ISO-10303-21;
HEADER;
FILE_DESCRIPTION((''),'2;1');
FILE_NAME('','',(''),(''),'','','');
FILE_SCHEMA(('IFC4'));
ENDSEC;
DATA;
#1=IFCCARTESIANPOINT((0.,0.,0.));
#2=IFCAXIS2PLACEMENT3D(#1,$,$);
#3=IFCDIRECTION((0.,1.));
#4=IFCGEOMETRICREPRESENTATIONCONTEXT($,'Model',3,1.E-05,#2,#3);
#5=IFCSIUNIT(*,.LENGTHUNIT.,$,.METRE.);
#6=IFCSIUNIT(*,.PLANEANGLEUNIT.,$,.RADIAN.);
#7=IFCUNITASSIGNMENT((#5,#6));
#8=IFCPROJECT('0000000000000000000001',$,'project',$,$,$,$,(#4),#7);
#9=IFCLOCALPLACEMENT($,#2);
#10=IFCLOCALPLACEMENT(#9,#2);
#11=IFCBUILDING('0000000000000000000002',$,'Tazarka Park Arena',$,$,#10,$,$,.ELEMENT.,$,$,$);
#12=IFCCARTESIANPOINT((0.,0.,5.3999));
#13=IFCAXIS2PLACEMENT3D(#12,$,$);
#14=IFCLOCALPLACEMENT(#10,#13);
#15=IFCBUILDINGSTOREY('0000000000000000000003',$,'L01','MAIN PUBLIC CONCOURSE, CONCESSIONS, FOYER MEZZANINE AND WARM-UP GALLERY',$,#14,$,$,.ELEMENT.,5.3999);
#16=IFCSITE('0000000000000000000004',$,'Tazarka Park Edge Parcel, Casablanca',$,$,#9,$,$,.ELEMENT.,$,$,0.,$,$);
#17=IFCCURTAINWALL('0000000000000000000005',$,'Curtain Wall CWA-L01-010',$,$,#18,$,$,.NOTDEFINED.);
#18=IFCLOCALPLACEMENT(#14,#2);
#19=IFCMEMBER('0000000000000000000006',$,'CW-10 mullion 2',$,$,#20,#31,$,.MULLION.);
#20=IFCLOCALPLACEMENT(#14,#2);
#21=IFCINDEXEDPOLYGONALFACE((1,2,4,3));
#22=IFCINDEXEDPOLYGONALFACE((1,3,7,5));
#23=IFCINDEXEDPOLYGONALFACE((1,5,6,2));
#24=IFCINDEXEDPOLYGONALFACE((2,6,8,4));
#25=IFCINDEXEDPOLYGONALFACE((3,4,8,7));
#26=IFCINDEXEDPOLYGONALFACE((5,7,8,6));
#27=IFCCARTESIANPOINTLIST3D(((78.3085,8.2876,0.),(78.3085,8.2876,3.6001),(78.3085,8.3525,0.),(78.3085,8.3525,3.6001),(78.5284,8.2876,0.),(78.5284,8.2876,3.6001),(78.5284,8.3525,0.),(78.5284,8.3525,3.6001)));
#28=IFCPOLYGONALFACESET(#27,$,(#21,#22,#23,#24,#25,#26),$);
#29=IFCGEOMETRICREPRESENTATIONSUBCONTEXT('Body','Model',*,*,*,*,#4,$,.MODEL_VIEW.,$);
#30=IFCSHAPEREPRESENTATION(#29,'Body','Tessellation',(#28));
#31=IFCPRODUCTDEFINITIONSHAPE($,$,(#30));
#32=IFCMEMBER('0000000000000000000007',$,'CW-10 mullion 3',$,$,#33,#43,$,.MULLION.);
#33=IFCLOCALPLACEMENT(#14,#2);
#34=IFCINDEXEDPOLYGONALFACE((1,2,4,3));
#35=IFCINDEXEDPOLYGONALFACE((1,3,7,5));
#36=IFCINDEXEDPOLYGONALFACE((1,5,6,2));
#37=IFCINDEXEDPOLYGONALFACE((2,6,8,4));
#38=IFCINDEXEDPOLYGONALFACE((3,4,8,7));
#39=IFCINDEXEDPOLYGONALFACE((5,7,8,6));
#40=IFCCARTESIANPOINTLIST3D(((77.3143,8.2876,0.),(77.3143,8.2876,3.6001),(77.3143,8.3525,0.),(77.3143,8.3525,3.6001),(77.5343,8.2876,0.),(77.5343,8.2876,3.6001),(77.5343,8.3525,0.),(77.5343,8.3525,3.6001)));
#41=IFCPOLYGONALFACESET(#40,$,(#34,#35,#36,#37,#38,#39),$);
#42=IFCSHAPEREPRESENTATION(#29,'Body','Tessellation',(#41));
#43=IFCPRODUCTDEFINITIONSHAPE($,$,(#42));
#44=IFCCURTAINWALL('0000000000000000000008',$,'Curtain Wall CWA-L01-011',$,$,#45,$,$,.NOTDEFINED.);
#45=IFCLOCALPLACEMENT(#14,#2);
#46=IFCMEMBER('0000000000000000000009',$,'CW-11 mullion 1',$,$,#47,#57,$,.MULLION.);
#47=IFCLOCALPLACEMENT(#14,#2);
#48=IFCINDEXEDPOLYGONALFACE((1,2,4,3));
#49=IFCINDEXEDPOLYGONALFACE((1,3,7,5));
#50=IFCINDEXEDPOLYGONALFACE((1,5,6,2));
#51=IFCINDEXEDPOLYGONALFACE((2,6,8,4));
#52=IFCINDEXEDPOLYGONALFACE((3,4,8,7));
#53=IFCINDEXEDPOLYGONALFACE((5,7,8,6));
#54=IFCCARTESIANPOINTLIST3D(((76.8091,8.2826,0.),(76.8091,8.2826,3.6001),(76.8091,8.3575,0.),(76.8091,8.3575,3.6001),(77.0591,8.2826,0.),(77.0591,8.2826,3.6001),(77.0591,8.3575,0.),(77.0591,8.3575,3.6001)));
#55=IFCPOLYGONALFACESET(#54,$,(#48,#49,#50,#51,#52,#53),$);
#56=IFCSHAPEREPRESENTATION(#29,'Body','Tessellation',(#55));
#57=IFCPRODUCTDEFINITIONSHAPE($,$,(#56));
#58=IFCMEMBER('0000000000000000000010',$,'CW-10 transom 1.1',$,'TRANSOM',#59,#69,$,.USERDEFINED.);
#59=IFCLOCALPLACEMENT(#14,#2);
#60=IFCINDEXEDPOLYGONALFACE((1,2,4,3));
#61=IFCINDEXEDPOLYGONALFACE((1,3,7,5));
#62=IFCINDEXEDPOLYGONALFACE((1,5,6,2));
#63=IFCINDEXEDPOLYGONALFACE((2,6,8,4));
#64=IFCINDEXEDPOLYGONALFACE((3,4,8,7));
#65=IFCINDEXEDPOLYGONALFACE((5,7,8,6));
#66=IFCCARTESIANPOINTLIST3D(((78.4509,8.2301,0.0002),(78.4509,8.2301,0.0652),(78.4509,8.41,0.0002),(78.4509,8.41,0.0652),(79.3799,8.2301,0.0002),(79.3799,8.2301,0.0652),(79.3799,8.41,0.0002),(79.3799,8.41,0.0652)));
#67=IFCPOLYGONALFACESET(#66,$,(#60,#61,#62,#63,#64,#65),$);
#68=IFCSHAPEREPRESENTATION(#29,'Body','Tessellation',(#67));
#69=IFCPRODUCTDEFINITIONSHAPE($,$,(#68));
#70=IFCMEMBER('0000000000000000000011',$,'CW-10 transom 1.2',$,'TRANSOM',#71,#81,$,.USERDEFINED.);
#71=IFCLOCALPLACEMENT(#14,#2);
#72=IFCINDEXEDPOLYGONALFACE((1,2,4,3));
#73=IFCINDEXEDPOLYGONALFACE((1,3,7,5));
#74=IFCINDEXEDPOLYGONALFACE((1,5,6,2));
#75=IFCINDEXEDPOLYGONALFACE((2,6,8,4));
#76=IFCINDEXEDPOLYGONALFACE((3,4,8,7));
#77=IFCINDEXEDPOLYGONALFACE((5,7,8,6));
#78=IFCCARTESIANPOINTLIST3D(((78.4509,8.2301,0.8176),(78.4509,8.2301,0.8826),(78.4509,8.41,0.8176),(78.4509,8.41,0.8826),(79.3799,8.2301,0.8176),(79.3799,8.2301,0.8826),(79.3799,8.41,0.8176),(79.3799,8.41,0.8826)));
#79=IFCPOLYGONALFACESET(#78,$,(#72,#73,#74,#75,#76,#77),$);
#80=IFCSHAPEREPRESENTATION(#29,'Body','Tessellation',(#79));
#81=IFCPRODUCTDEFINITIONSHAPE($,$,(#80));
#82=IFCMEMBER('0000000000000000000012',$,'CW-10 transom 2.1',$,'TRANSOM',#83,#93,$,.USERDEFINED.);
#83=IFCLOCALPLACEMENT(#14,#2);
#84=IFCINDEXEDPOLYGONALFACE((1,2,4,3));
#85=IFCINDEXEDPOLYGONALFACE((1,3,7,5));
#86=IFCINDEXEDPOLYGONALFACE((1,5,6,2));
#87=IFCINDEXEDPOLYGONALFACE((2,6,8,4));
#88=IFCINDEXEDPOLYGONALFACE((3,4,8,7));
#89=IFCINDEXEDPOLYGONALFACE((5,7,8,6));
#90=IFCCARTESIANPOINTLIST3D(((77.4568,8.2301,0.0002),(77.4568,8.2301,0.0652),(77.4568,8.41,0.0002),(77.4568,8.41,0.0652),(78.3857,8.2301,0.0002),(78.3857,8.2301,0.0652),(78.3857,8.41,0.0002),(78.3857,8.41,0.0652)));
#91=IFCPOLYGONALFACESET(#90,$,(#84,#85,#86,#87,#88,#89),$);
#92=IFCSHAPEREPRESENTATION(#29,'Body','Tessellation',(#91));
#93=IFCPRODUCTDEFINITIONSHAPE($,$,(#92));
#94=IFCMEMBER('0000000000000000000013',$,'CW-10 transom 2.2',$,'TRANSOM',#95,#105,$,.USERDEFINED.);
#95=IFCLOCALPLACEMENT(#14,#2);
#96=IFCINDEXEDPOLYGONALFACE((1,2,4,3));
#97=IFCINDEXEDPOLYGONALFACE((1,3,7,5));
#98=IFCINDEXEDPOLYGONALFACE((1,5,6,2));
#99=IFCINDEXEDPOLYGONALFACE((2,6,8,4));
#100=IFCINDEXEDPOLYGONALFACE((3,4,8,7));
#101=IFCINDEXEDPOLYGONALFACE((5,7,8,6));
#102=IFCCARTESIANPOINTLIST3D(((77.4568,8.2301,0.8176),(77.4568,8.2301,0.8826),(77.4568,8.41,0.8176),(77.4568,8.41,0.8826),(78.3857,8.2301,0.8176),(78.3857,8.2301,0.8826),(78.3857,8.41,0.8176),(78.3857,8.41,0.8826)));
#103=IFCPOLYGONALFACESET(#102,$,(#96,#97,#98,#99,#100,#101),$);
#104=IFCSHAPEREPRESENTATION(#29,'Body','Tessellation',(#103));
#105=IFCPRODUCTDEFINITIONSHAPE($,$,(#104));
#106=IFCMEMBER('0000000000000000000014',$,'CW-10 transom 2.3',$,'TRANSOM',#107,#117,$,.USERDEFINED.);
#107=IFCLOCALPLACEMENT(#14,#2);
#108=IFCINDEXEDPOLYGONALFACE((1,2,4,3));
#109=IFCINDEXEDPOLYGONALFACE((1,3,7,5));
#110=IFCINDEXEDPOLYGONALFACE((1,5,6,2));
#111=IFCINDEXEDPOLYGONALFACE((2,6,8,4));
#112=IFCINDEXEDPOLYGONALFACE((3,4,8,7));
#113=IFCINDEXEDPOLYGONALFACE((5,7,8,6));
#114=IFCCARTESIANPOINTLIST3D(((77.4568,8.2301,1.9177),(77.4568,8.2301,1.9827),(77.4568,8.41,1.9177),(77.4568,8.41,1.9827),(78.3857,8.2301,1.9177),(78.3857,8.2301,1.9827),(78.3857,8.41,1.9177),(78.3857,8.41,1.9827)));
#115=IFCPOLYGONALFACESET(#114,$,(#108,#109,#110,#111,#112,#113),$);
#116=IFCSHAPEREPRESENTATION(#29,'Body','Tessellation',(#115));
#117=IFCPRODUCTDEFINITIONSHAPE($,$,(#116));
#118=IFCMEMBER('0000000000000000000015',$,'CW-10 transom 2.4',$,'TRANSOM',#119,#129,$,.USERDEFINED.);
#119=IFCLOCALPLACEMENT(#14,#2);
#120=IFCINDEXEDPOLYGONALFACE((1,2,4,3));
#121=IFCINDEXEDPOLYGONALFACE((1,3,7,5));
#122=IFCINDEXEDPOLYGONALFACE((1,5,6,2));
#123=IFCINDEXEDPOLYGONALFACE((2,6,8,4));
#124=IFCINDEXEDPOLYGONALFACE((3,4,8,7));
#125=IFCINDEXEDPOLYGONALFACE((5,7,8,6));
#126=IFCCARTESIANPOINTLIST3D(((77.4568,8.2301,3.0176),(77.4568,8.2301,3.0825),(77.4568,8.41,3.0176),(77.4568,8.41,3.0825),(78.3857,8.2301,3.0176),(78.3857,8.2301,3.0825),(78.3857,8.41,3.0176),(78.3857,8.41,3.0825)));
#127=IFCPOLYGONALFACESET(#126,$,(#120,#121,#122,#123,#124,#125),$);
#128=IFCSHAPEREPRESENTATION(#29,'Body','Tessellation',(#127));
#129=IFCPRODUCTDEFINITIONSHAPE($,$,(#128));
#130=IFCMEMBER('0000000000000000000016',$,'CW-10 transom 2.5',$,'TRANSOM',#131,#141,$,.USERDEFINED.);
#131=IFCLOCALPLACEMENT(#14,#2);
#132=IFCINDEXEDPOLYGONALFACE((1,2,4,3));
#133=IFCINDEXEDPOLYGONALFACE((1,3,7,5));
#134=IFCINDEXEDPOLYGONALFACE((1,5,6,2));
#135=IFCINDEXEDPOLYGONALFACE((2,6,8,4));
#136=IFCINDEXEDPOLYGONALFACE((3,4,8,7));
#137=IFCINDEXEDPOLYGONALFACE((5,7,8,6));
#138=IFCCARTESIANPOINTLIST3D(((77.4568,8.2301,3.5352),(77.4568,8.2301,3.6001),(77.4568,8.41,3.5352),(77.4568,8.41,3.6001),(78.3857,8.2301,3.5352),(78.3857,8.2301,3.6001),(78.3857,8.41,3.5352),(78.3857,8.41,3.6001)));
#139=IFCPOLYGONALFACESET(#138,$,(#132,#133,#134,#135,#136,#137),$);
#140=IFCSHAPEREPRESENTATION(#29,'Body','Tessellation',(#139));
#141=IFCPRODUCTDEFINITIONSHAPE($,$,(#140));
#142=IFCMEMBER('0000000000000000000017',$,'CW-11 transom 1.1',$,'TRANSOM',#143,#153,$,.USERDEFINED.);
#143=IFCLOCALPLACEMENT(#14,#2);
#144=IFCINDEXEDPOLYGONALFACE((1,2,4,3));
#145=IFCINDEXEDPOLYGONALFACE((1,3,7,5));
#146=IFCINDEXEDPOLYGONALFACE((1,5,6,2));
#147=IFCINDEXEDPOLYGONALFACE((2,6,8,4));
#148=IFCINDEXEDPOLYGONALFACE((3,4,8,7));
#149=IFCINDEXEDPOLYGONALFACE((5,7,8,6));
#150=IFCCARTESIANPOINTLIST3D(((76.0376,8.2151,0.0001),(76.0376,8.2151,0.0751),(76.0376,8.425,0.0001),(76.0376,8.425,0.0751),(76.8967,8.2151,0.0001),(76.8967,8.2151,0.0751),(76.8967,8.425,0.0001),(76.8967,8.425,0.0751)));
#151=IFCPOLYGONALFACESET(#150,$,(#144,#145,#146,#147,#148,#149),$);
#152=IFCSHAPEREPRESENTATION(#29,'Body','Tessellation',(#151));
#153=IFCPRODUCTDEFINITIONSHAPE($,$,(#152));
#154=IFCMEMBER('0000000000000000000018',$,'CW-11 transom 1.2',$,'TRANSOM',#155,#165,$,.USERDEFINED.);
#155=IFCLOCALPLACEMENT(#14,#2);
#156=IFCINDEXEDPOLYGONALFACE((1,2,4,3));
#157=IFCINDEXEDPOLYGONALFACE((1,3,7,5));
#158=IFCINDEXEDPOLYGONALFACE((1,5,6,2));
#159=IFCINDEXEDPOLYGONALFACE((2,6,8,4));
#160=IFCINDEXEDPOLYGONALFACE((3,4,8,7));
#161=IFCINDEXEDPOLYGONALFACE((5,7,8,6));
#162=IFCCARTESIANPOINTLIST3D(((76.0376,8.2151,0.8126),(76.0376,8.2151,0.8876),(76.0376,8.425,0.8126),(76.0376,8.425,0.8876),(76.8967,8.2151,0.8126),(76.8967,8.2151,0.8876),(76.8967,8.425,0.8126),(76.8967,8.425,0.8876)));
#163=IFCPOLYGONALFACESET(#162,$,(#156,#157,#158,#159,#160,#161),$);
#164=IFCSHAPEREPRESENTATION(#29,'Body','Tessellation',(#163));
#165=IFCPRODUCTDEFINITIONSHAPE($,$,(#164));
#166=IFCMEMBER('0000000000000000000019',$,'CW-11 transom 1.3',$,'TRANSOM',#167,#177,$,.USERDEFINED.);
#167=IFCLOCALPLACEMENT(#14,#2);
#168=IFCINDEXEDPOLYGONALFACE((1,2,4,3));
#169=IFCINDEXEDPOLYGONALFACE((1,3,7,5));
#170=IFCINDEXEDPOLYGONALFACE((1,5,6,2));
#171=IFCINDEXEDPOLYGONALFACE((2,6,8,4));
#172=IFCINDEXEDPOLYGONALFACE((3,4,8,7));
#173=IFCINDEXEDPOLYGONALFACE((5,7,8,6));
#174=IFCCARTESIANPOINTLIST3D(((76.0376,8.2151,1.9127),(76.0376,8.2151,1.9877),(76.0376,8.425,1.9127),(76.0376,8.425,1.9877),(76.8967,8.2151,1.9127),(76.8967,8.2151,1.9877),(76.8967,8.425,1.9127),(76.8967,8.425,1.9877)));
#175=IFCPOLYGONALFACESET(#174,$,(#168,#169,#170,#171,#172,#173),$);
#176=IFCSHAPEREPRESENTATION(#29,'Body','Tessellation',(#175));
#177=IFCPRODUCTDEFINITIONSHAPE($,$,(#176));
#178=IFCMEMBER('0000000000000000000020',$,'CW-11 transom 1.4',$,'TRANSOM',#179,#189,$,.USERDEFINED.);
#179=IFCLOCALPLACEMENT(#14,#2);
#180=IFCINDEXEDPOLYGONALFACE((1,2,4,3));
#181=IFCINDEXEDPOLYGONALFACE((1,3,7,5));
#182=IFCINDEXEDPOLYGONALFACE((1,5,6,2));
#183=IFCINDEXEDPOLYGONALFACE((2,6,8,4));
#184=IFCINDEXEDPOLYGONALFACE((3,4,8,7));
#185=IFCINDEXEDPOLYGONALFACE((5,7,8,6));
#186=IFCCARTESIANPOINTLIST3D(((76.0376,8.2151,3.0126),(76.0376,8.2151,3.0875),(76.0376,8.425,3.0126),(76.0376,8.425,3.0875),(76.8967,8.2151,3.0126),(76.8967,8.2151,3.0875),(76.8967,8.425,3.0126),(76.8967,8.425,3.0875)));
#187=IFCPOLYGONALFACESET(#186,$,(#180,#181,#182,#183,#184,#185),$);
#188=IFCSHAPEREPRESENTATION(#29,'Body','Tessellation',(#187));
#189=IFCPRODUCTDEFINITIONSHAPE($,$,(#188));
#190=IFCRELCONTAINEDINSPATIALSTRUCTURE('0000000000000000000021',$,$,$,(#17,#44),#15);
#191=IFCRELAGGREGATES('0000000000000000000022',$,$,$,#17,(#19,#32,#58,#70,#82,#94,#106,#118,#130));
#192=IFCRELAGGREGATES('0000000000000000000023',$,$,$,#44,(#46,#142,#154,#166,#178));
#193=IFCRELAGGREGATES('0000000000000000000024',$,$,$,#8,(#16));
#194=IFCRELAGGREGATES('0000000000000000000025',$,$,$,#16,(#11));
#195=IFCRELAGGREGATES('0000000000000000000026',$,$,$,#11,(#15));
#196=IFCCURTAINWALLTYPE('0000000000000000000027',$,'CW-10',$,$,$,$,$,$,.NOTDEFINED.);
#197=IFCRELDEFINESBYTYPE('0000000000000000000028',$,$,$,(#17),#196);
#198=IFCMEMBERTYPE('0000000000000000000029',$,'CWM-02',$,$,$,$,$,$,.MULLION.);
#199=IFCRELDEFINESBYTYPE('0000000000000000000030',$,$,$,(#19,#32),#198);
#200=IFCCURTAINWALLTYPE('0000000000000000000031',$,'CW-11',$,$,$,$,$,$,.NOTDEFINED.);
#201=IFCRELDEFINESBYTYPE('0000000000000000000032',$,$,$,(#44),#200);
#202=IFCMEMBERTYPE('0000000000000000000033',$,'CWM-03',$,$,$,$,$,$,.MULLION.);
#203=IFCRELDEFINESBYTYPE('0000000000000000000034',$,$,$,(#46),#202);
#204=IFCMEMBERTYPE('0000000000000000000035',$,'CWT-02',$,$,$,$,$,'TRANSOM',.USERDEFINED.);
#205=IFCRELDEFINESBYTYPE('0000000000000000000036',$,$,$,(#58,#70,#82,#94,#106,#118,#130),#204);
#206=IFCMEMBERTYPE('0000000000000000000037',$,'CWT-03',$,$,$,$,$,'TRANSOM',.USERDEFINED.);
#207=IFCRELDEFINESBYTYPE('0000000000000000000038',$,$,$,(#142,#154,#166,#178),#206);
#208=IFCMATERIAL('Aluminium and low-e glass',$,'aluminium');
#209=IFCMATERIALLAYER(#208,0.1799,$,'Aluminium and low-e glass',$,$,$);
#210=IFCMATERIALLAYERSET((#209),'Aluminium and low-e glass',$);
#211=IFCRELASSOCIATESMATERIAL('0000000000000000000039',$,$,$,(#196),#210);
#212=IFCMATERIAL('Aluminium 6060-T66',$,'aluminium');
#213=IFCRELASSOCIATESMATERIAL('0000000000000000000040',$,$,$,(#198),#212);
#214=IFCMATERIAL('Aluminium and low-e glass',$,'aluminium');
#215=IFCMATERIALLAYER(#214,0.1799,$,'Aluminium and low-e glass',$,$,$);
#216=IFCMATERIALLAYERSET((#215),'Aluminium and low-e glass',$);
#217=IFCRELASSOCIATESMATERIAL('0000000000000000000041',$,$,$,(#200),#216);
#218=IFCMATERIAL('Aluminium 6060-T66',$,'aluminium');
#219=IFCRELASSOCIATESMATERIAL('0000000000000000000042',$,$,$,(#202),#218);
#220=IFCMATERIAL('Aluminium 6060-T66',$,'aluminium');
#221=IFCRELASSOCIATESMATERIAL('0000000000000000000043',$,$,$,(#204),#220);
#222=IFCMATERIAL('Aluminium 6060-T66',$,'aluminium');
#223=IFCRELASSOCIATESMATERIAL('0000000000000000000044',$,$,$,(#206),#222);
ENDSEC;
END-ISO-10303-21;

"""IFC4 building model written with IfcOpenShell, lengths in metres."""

from ifc_helpers import new_model, si_unit, direction, frame, origin, origin_2d, place, context, subcontext, project, spatial, rectangle, extrude, material, layer, layer_set, material_profile, profile_set, type_object, element, aggregate, save


model = new_model("IFC4")

# Units and contexts
model_context = context("Model", 3, precision=1e-05, world=origin(), true_north=direction((0.0, 1.0)))
body_context = subcontext(model_context, "Body", "Model", "MODEL_VIEW")
ifc_project = project(units=[si_unit("LENGTHUNIT", "METRE"), si_unit("PLANEANGLEUNIT", "RADIAN")], contexts=[model_context])

# Site, building, storey
site_placement = place(None, origin())
site = spatial("IfcSite", under=ifc_project, at=site_placement, Name="Tazarka Park Edge Parcel, Casablanca", CompositionType="ELEMENT", RefElevation=0.0)
building_placement = place(site_placement, origin())
building = spatial("IfcBuilding", under=site, at=building_placement, Name="Tazarka Park Arena", CompositionType="ELEMENT")
storey_placement = place(building_placement, frame((0.0, 0.0, 5.3999)))
storey = spatial("IfcBuildingStorey", under=building, at=storey_placement, Name="L01", Description="MAIN PUBLIC CONCOURSE, CONCESSIONS, FOYER MEZZANINE AND WARM-UP GALLERY", CompositionType="ELEMENT", Elevation=5.3999)

# Curtain wall, members
ifc_material_1 = material(Name="Aluminium and low-e glass", Category="aluminium")
ifc_layer_1 = layer(ifc_material_1, 0.1799, Name="Aluminium and low-e glass")
ifc_layer_set_1 = layer_set([ifc_layer_1], Name="Aluminium and low-e glass")
curtain_wall_type_1 = type_object("IfcCurtainWallType", Name="CW-10", PredefinedType="NOTDEFINED", material=ifc_layer_set_1)
curtain_wall_1_placement = place(storey_placement, origin())
curtain_wall_1 = element("IfcCurtainWall", 1, at=curtain_wall_1_placement, inside=storey, type_object=curtain_wall_type_1, Name="Curtain Wall CWA-L01-010", PredefinedType="NOTDEFINED")
ifc_material_2 = material(Name="Aluminium 6060-T66", Category="aluminium")
ifc_material_profile_1 = material_profile(ifc_material_2, rectangle(XDim=0.0649, YDim=0.22, at=origin_2d()), Name="Aluminium 6060-T66")
ifc_profile_set_1 = profile_set([ifc_material_profile_1], Name="Aluminium 6060-T66")
member_type_1 = type_object("IfcMemberType", Name="CWM-02", PredefinedType="MULLION", material=ifc_profile_set_1)
member_1_placement = place(storey_placement, frame((78.4185, 8.3201, 0.0), z_axis=(0.0, 0.0, 1.0), x_axis=(0.0, -1.0, 0.0)))
member_1 = element("IfcMember", 2, at=member_1_placement, type_object=member_type_1, Name="CW-10 mullion 2", PredefinedType="MULLION", context=body_context, shape_type="SweptSolid", body=[
    extrude(rectangle(XDim=0.0649, YDim=0.22, at=origin_2d()), origin(), (0.0, 0.0, 1.0), 3.6001),
])
member_2_placement = place(storey_placement, frame((77.4243, 8.3201, 0.0), z_axis=(0.0, 0.0, 1.0), x_axis=(0.0, -1.0, 0.0)))
member_2 = element("IfcMember", 3, at=member_2_placement, type_object=member_type_1, Name="CW-10 mullion 3", PredefinedType="MULLION", context=body_context, shape_type="SweptSolid", body=[
    extrude(rectangle(XDim=0.0649, YDim=0.22, at=origin_2d()), origin(), (0.0, 0.0, 1.0), 3.6001),
])

# Curtain wall, member
ifc_material_3 = material(Name="Aluminium and low-e glass", Category="aluminium")
ifc_layer_2 = layer(ifc_material_3, 0.1799, Name="Aluminium and low-e glass")
ifc_layer_set_2 = layer_set([ifc_layer_2], Name="Aluminium and low-e glass")
curtain_wall_type_2 = type_object("IfcCurtainWallType", Name="CW-11", PredefinedType="NOTDEFINED", material=ifc_layer_set_2)
curtain_wall_2_placement = place(storey_placement, origin())
curtain_wall_2 = element("IfcCurtainWall", 4, at=curtain_wall_2_placement, inside=storey, type_object=curtain_wall_type_2, Name="Curtain Wall CWA-L01-011", PredefinedType="NOTDEFINED")
ifc_material_4 = material(Name="Aluminium 6060-T66", Category="aluminium")
ifc_material_profile_2 = material_profile(ifc_material_4, rectangle(XDim=0.075, YDim=0.25, at=origin_2d()), Name="Aluminium 6060-T66")
ifc_profile_set_2 = profile_set([ifc_material_profile_2], Name="Aluminium 6060-T66")
member_type_2 = type_object("IfcMemberType", Name="CWM-03", PredefinedType="MULLION", material=ifc_profile_set_2)
member_3_placement = place(storey_placement, frame((76.9341, 8.3201, 0.0), z_axis=(0.0, 0.0, 1.0), x_axis=(0.0, -1.0, 0.0)))
member_3 = element("IfcMember", 5, at=member_3_placement, type_object=member_type_2, Name="CW-11 mullion 1", PredefinedType="MULLION", context=body_context, shape_type="SweptSolid", body=[
    extrude(rectangle(XDim=0.075, YDim=0.25, at=origin_2d()), origin(), (0.0, 0.0, 1.0), 3.6001),
])

# Members
ifc_material_5 = material(Name="Aluminium 6060-T66", Category="aluminium")
ifc_material_profile_3 = material_profile(ifc_material_5, rectangle(XDim=0.1799, YDim=0.0649, at=origin_2d()), Name="Aluminium 6060-T66")
ifc_profile_set_3 = profile_set([ifc_material_profile_3], Name="Aluminium 6060-T66")
member_type_3 = type_object("IfcMemberType", Name="CWT-02", ElementType="TRANSOM", PredefinedType="USERDEFINED", material=ifc_profile_set_3)
member_4_placement = place(storey_placement, frame((79.3799, 8.3201, 0.0327), z_axis=(-1.0, 0.0, 0.0), x_axis=(0.0, -1.0, 0.0)))
member_4 = element("IfcMember", 6, at=member_4_placement, type_object=member_type_3, Name="CW-10 transom 1.1", ObjectType="TRANSOM", PredefinedType="USERDEFINED", context=body_context, shape_type="SweptSolid", body=[
    extrude(rectangle(XDim=0.1799, YDim=0.0649, at=origin_2d()), origin(), (0.0, 0.0, 1.0), 0.929),
])
member_5_placement = place(storey_placement, frame((79.3799, 8.3201, 0.8501), z_axis=(-1.0, 0.0, 0.0), x_axis=(0.0, -1.0, 0.0)))
member_5 = element("IfcMember", 7, at=member_5_placement, type_object=member_type_3, Name="CW-10 transom 1.2", ObjectType="TRANSOM", PredefinedType="USERDEFINED", context=body_context, shape_type="SweptSolid", body=[
    extrude(rectangle(XDim=0.1799, YDim=0.0649, at=origin_2d()), origin(), (0.0, 0.0, 1.0), 0.929),
])
member_6_placement = place(storey_placement, frame((78.3857, 8.3201, 0.0327), z_axis=(-1.0, 0.0, 0.0), x_axis=(0.0, -1.0, 0.0)))
member_6 = element("IfcMember", 8, at=member_6_placement, type_object=member_type_3, Name="CW-10 transom 2.1", ObjectType="TRANSOM", PredefinedType="USERDEFINED", context=body_context, shape_type="SweptSolid", body=[
    extrude(rectangle(XDim=0.1799, YDim=0.0649, at=origin_2d()), origin(), (0.0, 0.0, 1.0), 0.929),
])
member_7_placement = place(storey_placement, frame((78.3857, 8.3201, 0.8501), z_axis=(-1.0, 0.0, 0.0), x_axis=(0.0, -1.0, 0.0)))
member_7 = element("IfcMember", 9, at=member_7_placement, type_object=member_type_3, Name="CW-10 transom 2.2", ObjectType="TRANSOM", PredefinedType="USERDEFINED", context=body_context, shape_type="SweptSolid", body=[
    extrude(rectangle(XDim=0.1799, YDim=0.0649, at=origin_2d()), origin(), (0.0, 0.0, 1.0), 0.929),
])
member_8_placement = place(storey_placement, frame((78.3857, 8.3201, 1.9502), z_axis=(-1.0, 0.0, 0.0), x_axis=(0.0, -1.0, 0.0)))
member_8 = element("IfcMember", 10, at=member_8_placement, type_object=member_type_3, Name="CW-10 transom 2.3", ObjectType="TRANSOM", PredefinedType="USERDEFINED", context=body_context, shape_type="SweptSolid", body=[
    extrude(rectangle(XDim=0.1799, YDim=0.0649, at=origin_2d()), origin(), (0.0, 0.0, 1.0), 0.929),
])
member_9_placement = place(storey_placement, frame((78.3857, 8.3201, 3.05), z_axis=(-1.0, 0.0, 0.0), x_axis=(0.0, -1.0, 0.0)))
member_9 = element("IfcMember", 11, at=member_9_placement, type_object=member_type_3, Name="CW-10 transom 2.4", ObjectType="TRANSOM", PredefinedType="USERDEFINED", context=body_context, shape_type="SweptSolid", body=[
    extrude(rectangle(XDim=0.1799, YDim=0.0649, at=origin_2d()), origin(), (0.0, 0.0, 1.0), 0.929),
])
member_10_placement = place(storey_placement, frame((78.3857, 8.3201, 3.5676), z_axis=(-1.0, 0.0, 0.0), x_axis=(0.0, -1.0, 0.0)))
member_10 = element("IfcMember", 12, at=member_10_placement, type_object=member_type_3, Name="CW-10 transom 2.5", ObjectType="TRANSOM", PredefinedType="USERDEFINED", context=body_context, shape_type="SweptSolid", body=[
    extrude(rectangle(XDim=0.1799, YDim=0.0649, at=origin_2d()), origin(), (0.0, 0.0, 1.0), 0.929),
])
ifc_material_6 = material(Name="Aluminium 6060-T66", Category="aluminium")
ifc_material_profile_4 = material_profile(ifc_material_6, rectangle(XDim=0.21, YDim=0.075, at=origin_2d()), Name="Aluminium 6060-T66")
ifc_profile_set_4 = profile_set([ifc_material_profile_4], Name="Aluminium 6060-T66")
member_type_4 = type_object("IfcMemberType", Name="CWT-03", ElementType="TRANSOM", PredefinedType="USERDEFINED", material=ifc_profile_set_4)
member_11_placement = place(storey_placement, frame((76.8967, 8.3201, 0.0376), z_axis=(-1.0, 0.0, 0.0), x_axis=(0.0, -1.0, 0.0)))
member_11 = element("IfcMember", 13, at=member_11_placement, type_object=member_type_4, Name="CW-11 transom 1.1", ObjectType="TRANSOM", PredefinedType="USERDEFINED", context=body_context, shape_type="SweptSolid", body=[
    extrude(rectangle(XDim=0.21, YDim=0.075, at=origin_2d()), origin(), (0.0, 0.0, 1.0), 0.8591),
])
member_12_placement = place(storey_placement, frame((76.8967, 8.3201, 0.8501), z_axis=(-1.0, 0.0, 0.0), x_axis=(0.0, -1.0, 0.0)))
member_12 = element("IfcMember", 14, at=member_12_placement, type_object=member_type_4, Name="CW-11 transom 1.2", ObjectType="TRANSOM", PredefinedType="USERDEFINED", context=body_context, shape_type="SweptSolid", body=[
    extrude(rectangle(XDim=0.21, YDim=0.075, at=origin_2d()), origin(), (0.0, 0.0, 1.0), 0.8591),
])
member_13_placement = place(storey_placement, frame((76.8967, 8.3201, 1.9502), z_axis=(-1.0, 0.0, 0.0), x_axis=(0.0, -1.0, 0.0)))
member_13 = element("IfcMember", 15, at=member_13_placement, type_object=member_type_4, Name="CW-11 transom 1.3", ObjectType="TRANSOM", PredefinedType="USERDEFINED", context=body_context, shape_type="SweptSolid", body=[
    extrude(rectangle(XDim=0.21, YDim=0.075, at=origin_2d()), origin(), (0.0, 0.0, 1.0), 0.8591),
])
member_14_placement = place(storey_placement, frame((76.8967, 8.3201, 3.05), z_axis=(-1.0, 0.0, 0.0), x_axis=(0.0, -1.0, 0.0)))
member_14 = element("IfcMember", 16, at=member_14_placement, type_object=member_type_4, Name="CW-11 transom 1.4", ObjectType="TRANSOM", PredefinedType="USERDEFINED", context=body_context, shape_type="SweptSolid", body=[
    extrude(rectangle(XDim=0.21, YDim=0.075, at=origin_2d()), origin(), (0.0, 0.0, 1.0), 0.8591),
])

aggregate(curtain_wall_1, [member_1, member_2, member_4, member_5, member_6, member_7, member_8, member_9, member_10])
aggregate(curtain_wall_2, [member_3, member_11, member_12, member_13, member_14])

save(model, "model.ifc")
